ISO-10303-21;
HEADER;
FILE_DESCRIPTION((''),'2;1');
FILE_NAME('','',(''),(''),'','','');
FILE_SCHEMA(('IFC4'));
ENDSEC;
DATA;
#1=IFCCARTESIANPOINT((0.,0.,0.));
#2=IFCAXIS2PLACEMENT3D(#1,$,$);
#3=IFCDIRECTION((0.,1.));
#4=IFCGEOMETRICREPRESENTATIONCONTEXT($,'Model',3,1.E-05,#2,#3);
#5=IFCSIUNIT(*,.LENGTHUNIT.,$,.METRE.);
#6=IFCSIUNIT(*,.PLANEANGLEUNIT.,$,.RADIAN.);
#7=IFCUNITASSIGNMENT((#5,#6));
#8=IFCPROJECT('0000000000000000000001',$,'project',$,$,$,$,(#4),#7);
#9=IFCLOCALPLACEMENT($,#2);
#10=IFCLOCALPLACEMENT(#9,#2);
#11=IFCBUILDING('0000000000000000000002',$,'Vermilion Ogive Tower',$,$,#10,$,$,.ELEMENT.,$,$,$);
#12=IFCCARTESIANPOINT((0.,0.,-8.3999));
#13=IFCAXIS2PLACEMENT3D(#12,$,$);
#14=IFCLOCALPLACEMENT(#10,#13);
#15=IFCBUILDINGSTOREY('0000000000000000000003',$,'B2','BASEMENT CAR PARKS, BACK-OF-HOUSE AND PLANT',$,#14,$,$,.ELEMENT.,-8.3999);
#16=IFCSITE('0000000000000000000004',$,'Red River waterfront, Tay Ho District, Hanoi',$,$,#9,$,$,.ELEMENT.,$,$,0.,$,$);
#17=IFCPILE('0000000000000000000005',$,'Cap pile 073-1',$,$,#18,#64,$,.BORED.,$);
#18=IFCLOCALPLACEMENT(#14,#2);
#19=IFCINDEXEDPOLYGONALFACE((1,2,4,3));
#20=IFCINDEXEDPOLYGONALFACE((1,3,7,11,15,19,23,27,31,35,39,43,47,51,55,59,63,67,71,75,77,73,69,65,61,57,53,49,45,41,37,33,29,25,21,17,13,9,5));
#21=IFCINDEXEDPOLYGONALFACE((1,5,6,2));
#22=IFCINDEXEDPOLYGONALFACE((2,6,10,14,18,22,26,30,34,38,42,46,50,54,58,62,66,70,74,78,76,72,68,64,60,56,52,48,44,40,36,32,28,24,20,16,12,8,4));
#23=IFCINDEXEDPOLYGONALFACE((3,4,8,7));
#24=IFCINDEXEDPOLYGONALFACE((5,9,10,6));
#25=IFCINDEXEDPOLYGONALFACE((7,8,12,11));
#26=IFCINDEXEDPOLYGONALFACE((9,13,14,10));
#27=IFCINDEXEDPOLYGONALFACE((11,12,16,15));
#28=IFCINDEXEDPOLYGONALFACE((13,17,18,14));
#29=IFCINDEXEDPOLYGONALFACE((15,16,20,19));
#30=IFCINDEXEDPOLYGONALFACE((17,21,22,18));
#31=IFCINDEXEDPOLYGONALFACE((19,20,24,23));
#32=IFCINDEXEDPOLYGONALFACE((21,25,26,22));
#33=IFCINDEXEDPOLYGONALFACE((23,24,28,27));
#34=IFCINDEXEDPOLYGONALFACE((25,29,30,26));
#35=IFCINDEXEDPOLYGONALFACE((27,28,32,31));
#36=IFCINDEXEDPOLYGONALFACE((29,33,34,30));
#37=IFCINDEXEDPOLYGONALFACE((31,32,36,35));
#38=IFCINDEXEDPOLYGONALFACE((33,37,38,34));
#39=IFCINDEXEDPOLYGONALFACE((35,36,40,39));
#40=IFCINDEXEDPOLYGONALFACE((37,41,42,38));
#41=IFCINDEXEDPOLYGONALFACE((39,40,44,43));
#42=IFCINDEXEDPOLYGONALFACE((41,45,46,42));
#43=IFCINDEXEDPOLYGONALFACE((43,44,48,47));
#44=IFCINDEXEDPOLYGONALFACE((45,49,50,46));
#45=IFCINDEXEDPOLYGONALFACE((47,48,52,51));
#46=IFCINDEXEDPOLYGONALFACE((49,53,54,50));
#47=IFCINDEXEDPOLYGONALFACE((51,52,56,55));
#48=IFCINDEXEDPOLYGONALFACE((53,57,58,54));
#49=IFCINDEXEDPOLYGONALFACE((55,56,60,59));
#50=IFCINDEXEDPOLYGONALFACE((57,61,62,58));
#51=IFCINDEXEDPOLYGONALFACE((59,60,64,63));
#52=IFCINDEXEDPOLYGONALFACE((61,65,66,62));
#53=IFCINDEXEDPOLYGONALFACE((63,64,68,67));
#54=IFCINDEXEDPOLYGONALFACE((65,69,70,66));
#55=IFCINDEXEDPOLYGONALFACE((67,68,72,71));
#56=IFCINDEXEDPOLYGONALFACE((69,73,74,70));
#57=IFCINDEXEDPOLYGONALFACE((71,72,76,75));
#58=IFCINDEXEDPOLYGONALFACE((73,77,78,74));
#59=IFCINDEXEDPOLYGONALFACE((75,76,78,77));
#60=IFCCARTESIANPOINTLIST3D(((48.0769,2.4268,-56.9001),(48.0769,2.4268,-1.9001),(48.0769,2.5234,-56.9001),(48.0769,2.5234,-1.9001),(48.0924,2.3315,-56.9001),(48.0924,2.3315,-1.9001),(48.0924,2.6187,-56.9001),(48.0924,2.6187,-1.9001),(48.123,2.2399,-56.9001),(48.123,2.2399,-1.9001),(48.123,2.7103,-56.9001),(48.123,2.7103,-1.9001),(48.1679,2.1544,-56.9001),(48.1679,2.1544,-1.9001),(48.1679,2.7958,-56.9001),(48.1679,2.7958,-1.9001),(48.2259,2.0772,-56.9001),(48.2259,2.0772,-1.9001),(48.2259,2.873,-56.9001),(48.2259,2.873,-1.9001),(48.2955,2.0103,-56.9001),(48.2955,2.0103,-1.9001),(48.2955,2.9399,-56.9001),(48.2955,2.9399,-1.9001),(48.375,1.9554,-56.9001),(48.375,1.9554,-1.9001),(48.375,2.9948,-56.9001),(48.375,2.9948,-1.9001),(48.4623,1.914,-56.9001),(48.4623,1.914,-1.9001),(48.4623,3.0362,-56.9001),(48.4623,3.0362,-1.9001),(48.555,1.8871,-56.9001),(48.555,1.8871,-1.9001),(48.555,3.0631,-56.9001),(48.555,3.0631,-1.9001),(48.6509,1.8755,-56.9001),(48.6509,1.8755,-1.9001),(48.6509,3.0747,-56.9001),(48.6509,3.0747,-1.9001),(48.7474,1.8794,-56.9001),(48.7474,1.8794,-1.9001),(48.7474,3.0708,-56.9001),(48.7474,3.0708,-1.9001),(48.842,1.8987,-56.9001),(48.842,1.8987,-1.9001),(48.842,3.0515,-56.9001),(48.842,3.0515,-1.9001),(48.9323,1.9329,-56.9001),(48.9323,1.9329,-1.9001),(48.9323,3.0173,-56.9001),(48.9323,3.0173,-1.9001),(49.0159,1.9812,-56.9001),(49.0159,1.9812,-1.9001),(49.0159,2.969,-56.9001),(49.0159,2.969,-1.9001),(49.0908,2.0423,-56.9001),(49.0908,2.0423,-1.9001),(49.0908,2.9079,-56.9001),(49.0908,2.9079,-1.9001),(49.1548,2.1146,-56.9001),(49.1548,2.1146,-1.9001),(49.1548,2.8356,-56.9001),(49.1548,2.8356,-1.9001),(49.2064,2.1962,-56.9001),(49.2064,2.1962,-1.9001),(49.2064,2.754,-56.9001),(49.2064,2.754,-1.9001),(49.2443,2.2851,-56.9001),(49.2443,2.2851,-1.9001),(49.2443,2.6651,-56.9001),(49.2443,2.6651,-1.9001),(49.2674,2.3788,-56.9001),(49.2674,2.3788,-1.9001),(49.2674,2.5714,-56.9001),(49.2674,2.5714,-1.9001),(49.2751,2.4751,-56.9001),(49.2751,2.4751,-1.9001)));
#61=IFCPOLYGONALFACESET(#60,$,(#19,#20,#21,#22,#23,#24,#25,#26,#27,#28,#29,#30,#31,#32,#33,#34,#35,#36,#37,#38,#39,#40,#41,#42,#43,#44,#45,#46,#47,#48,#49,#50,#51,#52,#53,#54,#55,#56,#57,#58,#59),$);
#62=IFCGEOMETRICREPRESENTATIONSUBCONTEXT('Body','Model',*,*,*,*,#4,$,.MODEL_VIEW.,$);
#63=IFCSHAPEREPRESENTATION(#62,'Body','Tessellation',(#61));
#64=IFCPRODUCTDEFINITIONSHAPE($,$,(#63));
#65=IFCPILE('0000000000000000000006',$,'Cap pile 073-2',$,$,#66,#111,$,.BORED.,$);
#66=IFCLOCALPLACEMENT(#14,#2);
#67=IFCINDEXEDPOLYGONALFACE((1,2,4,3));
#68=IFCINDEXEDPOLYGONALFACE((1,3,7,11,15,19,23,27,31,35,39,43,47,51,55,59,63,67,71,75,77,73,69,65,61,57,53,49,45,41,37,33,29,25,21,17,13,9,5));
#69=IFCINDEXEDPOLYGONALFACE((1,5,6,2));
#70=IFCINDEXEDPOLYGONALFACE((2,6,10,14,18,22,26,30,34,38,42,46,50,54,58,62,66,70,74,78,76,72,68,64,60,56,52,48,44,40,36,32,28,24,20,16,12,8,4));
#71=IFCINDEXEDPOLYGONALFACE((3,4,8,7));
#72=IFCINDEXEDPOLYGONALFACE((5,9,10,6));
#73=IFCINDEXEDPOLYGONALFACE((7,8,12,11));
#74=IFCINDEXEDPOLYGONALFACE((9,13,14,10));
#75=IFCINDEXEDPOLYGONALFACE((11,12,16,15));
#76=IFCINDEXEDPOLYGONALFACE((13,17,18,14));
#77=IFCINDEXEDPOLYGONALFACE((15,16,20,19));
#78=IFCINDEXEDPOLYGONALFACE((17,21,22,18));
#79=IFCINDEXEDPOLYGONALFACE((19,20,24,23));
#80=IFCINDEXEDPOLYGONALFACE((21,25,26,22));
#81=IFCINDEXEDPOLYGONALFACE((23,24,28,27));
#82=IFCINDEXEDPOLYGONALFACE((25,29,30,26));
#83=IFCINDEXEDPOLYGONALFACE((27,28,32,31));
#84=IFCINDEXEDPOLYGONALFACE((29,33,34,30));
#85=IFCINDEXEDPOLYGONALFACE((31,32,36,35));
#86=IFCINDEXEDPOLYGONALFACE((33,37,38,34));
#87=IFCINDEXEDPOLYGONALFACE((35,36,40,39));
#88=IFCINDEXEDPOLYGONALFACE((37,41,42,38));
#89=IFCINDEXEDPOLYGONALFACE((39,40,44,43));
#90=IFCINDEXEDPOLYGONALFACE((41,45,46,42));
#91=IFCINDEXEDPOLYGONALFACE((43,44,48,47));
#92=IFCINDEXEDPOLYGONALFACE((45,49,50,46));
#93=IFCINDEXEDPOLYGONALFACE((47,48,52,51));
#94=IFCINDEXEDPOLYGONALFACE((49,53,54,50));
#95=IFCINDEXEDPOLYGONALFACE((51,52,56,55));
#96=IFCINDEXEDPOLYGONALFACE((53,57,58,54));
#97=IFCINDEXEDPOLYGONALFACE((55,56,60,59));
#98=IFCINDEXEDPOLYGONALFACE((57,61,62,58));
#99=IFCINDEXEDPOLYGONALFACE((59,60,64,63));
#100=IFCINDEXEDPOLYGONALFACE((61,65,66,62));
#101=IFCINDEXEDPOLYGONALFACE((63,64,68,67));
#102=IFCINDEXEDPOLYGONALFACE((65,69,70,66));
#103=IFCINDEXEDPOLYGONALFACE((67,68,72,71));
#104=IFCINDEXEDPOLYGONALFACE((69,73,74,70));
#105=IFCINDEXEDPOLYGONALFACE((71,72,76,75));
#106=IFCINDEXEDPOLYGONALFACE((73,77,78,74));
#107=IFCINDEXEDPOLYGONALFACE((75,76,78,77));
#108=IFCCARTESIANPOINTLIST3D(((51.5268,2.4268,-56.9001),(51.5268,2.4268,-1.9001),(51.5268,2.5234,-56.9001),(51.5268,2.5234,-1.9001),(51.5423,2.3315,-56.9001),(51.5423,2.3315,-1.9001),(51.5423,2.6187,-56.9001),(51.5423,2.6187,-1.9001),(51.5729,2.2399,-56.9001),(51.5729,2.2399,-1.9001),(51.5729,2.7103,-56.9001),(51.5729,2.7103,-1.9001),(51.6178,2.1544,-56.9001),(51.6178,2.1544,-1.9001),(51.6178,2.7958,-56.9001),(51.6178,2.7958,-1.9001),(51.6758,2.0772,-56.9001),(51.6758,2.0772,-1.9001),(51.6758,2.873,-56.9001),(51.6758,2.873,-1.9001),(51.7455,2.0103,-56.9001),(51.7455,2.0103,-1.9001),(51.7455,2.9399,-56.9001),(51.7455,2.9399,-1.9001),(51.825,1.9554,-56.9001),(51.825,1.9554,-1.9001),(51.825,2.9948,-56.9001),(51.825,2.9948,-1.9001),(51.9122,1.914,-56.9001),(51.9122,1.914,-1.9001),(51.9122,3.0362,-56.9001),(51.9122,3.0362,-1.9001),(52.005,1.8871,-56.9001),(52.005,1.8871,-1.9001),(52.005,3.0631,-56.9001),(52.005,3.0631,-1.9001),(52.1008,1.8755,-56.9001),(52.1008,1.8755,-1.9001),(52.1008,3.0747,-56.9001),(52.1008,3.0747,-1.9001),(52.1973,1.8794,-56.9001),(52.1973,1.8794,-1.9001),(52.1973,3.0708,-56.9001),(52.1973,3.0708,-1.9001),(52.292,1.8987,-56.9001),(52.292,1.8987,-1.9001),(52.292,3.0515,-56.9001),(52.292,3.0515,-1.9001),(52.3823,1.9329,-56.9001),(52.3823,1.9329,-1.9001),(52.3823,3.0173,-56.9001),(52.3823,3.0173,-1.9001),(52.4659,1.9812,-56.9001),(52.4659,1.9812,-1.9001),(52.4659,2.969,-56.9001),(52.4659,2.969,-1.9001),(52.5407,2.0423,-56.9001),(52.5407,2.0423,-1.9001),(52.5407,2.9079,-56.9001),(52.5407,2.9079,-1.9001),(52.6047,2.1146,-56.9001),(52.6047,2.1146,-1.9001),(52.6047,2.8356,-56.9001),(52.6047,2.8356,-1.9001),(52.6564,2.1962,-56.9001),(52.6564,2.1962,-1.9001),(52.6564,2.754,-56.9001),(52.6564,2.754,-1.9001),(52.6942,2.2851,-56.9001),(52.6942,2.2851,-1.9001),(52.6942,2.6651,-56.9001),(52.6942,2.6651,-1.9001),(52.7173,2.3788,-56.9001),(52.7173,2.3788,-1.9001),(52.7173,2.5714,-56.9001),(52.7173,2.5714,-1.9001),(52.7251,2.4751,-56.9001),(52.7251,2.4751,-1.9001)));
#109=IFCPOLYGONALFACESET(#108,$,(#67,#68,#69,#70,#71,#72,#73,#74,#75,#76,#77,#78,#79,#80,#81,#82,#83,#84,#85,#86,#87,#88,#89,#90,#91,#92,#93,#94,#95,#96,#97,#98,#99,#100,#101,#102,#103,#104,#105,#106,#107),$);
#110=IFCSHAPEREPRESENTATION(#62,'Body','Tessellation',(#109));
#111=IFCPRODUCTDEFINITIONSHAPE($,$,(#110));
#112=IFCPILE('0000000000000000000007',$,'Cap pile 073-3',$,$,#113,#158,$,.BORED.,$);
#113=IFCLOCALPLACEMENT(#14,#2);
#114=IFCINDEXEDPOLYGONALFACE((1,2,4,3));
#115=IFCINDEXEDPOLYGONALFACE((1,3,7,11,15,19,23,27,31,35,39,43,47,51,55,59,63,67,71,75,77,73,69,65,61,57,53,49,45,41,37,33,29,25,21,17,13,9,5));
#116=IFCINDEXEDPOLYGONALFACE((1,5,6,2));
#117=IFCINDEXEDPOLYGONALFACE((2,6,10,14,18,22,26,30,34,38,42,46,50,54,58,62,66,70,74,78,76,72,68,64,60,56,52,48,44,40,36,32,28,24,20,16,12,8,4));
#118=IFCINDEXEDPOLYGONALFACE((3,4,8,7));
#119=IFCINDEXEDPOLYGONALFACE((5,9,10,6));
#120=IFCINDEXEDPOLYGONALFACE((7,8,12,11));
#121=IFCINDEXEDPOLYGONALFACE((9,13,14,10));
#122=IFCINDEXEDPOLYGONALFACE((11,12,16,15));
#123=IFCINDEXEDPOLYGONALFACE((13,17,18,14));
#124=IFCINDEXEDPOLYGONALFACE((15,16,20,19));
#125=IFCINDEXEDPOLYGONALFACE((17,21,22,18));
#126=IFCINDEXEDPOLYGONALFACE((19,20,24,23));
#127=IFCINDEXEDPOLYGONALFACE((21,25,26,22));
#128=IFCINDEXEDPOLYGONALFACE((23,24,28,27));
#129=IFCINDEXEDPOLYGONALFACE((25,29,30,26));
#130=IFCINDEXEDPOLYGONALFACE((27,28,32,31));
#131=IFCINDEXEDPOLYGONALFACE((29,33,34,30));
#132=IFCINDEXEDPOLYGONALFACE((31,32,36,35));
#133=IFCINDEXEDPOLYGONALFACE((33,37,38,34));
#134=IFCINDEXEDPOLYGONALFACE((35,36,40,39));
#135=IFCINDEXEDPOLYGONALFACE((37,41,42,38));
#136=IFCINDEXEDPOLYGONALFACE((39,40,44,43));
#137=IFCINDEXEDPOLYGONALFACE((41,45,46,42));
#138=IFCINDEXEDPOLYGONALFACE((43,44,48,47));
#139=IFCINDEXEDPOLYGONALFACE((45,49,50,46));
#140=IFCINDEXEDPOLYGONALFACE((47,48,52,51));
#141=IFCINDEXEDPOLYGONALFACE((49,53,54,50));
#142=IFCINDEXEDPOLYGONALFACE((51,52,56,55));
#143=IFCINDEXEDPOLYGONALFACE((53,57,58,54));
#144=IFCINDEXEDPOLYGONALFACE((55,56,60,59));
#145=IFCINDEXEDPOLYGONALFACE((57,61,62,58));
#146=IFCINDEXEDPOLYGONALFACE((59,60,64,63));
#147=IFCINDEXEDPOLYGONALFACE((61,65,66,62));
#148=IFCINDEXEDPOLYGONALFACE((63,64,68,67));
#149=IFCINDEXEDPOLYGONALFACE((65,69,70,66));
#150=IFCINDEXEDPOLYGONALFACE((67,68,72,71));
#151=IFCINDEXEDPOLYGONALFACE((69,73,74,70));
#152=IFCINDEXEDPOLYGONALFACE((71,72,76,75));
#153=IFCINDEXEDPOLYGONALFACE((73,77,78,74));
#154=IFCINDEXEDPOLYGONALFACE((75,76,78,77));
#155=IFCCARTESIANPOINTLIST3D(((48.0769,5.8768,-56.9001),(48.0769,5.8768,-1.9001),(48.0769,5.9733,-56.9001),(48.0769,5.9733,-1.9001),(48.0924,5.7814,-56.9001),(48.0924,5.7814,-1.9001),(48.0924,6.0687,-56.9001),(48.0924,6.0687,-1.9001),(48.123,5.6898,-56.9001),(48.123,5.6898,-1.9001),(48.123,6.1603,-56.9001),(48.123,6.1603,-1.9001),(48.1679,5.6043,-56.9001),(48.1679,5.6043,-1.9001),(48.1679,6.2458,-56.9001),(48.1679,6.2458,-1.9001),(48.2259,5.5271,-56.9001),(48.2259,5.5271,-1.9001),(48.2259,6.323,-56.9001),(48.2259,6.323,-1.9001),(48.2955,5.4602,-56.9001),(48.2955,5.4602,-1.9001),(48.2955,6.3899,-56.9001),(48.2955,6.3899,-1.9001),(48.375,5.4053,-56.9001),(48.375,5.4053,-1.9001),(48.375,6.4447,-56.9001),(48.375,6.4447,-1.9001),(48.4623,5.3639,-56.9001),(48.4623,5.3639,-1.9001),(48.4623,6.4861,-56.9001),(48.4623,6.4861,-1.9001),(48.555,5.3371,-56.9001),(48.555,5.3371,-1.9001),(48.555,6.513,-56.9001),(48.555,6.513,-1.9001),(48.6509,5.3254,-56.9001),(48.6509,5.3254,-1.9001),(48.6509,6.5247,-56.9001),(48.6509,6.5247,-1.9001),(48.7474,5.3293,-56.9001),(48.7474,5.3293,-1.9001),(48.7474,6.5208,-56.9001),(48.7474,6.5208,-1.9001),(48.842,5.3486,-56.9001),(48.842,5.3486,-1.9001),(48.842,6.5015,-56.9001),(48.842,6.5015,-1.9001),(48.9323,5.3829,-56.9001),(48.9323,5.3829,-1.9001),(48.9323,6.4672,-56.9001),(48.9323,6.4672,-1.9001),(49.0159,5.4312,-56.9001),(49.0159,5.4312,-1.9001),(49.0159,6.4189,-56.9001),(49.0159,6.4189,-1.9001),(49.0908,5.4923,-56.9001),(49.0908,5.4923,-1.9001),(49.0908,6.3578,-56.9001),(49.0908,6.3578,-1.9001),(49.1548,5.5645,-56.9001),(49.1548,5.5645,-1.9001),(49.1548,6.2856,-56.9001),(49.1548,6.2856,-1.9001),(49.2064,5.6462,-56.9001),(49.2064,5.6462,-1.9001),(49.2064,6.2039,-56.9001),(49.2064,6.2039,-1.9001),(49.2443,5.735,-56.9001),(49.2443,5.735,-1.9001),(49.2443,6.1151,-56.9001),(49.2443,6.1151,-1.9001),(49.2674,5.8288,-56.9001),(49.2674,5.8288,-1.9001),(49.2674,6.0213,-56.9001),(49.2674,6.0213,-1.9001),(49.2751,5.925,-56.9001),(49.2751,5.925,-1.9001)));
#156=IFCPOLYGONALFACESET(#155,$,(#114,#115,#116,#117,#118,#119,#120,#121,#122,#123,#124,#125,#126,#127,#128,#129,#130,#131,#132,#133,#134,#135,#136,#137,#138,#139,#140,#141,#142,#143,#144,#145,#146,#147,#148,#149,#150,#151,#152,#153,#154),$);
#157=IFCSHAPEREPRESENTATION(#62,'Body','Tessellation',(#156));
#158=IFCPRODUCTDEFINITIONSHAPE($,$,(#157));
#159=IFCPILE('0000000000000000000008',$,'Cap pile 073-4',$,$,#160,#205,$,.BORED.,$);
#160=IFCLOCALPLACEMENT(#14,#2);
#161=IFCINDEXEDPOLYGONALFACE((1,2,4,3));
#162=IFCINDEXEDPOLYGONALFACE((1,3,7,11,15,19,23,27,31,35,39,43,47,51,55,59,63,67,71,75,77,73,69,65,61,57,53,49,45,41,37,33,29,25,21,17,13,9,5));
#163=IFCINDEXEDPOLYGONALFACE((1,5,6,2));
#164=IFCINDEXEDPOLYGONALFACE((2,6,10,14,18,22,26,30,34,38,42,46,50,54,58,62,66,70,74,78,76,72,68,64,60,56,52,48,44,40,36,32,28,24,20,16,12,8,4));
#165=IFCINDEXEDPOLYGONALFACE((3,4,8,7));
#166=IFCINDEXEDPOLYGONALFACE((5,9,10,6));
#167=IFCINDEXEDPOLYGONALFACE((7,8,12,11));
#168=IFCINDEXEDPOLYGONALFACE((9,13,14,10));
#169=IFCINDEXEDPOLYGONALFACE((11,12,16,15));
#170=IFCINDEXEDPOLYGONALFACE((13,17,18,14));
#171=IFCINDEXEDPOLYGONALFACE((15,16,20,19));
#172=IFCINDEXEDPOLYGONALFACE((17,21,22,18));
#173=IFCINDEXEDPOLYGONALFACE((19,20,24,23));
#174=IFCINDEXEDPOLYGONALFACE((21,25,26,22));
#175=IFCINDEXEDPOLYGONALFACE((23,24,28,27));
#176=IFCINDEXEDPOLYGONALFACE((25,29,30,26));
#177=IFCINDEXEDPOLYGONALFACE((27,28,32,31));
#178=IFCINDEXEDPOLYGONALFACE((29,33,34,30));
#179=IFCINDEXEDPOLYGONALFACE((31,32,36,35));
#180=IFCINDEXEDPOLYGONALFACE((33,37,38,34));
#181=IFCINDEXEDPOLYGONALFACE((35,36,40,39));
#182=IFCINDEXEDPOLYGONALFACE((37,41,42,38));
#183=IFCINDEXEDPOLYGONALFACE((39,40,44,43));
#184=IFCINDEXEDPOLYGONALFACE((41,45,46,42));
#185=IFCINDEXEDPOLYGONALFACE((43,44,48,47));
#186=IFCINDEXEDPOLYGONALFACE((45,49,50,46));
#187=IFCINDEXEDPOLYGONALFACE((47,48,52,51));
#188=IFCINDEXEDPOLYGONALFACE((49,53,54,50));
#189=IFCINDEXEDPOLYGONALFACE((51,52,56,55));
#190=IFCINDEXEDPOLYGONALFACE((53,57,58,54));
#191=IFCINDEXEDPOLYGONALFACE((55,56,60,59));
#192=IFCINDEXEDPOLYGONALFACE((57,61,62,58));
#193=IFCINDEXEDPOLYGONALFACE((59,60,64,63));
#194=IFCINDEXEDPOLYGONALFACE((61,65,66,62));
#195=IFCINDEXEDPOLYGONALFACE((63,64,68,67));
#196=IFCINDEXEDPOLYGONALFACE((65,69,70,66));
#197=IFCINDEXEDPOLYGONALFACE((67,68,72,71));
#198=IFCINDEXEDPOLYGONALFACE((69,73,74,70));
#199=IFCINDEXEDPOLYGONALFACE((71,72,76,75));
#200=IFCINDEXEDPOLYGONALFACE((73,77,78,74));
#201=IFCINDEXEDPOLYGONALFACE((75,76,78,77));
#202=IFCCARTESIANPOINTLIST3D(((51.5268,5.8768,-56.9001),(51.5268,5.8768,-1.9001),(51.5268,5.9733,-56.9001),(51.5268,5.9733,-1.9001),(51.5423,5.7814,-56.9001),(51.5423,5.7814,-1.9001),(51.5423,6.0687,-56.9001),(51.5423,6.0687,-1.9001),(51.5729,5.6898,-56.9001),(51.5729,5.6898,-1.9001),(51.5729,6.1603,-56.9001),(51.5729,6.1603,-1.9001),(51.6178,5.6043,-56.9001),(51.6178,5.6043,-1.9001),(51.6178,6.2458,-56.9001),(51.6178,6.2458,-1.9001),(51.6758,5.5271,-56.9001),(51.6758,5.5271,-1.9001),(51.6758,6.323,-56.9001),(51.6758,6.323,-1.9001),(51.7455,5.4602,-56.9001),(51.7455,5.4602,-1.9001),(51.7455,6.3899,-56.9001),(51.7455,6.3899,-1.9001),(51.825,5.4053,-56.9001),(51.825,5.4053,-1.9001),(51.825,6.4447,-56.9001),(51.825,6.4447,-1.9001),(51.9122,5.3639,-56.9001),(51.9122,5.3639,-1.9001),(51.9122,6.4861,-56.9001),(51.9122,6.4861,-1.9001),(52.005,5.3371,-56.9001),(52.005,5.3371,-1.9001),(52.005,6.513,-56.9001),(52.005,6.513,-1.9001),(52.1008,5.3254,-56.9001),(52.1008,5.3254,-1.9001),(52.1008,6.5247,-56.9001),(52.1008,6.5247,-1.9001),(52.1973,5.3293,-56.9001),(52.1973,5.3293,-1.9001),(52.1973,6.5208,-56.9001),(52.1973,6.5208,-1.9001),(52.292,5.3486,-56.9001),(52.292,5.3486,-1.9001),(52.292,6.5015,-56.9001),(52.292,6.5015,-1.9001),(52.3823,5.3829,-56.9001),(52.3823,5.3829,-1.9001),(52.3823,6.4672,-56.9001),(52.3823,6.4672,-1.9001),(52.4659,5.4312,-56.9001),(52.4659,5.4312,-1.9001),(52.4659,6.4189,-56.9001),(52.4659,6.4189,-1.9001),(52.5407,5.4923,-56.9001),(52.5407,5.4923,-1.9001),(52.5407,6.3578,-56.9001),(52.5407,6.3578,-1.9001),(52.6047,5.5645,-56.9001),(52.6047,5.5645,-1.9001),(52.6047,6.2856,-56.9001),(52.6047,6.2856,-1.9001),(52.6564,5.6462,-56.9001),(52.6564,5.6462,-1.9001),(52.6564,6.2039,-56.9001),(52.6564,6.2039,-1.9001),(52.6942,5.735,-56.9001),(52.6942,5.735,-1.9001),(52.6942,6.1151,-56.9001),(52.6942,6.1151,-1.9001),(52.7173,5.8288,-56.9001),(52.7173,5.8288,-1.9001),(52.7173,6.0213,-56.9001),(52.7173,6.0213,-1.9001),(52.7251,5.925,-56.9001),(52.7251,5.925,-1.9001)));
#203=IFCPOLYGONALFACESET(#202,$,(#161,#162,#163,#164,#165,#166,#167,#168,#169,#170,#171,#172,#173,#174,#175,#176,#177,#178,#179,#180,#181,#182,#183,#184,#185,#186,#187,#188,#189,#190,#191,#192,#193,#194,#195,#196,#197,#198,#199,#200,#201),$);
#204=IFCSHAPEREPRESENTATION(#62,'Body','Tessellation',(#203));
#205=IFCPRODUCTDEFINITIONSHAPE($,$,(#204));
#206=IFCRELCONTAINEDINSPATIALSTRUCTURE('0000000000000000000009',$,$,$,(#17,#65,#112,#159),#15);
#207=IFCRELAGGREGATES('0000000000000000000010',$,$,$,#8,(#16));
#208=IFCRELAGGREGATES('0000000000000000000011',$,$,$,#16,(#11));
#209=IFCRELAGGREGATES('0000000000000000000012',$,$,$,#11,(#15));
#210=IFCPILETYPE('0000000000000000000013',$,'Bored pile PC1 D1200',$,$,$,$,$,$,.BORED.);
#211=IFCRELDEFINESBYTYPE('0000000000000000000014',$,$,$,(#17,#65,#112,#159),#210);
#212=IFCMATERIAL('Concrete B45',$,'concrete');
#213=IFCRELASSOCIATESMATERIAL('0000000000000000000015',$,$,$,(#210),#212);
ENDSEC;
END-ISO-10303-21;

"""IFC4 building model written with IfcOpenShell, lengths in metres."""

from ifc_helpers import new_model, si_unit, direction, frame, origin, origin_2d, place, context, subcontext, project, spatial, circle, extrude, material, type_object, element, save


model = new_model("IFC4")

# Units and contexts
model_context = context("Model", 3, precision=1e-05, world=origin(), true_north=direction((0.0, 1.0)))
body_context = subcontext(model_context, "Body", "Model", "MODEL_VIEW")
ifc_project = project(units=[si_unit("LENGTHUNIT", "METRE"), si_unit("PLANEANGLEUNIT", "RADIAN")], contexts=[model_context])

# Site, building, storey
site_placement = place(None, origin())
site = spatial("IfcSite", under=ifc_project, at=site_placement, Name="Red River waterfront, Tay Ho District, Hanoi", CompositionType="ELEMENT", RefElevation=0.0)
building_placement = place(site_placement, origin())
building = spatial("IfcBuilding", under=site, at=building_placement, Name="Vermilion Ogive Tower", CompositionType="ELEMENT")
storey_placement = place(building_placement, frame((0.0, 0.0, -8.3999)))
storey = spatial("IfcBuildingStorey", under=building, at=storey_placement, Name="B2", Description="BASEMENT CAR PARKS, BACK-OF-HOUSE AND PLANT", CompositionType="ELEMENT", Elevation=-8.3999)

# Piles
ifc_material_1 = material(Name="Concrete B45", Category="concrete")
pile_type = type_object("IfcPileType", Name="Bored pile PC1 D1200", PredefinedType="BORED", material=ifc_material_1)
for number, where, z_axis, x_axis, name in (
    (1, (48.675, 2.4751, -1.9001), (0.0, 0.0, -1.0), (1.0, 0.0, 0.0), "Cap pile 073-1"),
    (2, (52.125, 2.4751, -1.9001), (0.0, 0.0, -1.0), (1.0, 0.0, 0.0), "Cap pile 073-2"),
    (3, (48.675, 5.925, -1.9001), (0.0, 0.0, -1.0), (1.0, 0.0, 0.0), "Cap pile 073-3"),
    (4, (52.125, 5.925, -1.9001), (0.0, 0.0, -1.0), (1.0, 0.0, 0.0), "Cap pile 073-4"),
):
    element("IfcPile", number, at=place(storey_placement, frame(where, z_axis=z_axis, x_axis=x_axis)), inside=storey, type_object=pile_type, Name=name, PredefinedType="BORED", context=body_context, shape_type="SweptSolid", body=[
        extrude(circle(Radius=0.6001, at=origin_2d()), origin(), (0.0, 0.0, 1.0), 55.0),
    ])

save(model, "model.ifc")
